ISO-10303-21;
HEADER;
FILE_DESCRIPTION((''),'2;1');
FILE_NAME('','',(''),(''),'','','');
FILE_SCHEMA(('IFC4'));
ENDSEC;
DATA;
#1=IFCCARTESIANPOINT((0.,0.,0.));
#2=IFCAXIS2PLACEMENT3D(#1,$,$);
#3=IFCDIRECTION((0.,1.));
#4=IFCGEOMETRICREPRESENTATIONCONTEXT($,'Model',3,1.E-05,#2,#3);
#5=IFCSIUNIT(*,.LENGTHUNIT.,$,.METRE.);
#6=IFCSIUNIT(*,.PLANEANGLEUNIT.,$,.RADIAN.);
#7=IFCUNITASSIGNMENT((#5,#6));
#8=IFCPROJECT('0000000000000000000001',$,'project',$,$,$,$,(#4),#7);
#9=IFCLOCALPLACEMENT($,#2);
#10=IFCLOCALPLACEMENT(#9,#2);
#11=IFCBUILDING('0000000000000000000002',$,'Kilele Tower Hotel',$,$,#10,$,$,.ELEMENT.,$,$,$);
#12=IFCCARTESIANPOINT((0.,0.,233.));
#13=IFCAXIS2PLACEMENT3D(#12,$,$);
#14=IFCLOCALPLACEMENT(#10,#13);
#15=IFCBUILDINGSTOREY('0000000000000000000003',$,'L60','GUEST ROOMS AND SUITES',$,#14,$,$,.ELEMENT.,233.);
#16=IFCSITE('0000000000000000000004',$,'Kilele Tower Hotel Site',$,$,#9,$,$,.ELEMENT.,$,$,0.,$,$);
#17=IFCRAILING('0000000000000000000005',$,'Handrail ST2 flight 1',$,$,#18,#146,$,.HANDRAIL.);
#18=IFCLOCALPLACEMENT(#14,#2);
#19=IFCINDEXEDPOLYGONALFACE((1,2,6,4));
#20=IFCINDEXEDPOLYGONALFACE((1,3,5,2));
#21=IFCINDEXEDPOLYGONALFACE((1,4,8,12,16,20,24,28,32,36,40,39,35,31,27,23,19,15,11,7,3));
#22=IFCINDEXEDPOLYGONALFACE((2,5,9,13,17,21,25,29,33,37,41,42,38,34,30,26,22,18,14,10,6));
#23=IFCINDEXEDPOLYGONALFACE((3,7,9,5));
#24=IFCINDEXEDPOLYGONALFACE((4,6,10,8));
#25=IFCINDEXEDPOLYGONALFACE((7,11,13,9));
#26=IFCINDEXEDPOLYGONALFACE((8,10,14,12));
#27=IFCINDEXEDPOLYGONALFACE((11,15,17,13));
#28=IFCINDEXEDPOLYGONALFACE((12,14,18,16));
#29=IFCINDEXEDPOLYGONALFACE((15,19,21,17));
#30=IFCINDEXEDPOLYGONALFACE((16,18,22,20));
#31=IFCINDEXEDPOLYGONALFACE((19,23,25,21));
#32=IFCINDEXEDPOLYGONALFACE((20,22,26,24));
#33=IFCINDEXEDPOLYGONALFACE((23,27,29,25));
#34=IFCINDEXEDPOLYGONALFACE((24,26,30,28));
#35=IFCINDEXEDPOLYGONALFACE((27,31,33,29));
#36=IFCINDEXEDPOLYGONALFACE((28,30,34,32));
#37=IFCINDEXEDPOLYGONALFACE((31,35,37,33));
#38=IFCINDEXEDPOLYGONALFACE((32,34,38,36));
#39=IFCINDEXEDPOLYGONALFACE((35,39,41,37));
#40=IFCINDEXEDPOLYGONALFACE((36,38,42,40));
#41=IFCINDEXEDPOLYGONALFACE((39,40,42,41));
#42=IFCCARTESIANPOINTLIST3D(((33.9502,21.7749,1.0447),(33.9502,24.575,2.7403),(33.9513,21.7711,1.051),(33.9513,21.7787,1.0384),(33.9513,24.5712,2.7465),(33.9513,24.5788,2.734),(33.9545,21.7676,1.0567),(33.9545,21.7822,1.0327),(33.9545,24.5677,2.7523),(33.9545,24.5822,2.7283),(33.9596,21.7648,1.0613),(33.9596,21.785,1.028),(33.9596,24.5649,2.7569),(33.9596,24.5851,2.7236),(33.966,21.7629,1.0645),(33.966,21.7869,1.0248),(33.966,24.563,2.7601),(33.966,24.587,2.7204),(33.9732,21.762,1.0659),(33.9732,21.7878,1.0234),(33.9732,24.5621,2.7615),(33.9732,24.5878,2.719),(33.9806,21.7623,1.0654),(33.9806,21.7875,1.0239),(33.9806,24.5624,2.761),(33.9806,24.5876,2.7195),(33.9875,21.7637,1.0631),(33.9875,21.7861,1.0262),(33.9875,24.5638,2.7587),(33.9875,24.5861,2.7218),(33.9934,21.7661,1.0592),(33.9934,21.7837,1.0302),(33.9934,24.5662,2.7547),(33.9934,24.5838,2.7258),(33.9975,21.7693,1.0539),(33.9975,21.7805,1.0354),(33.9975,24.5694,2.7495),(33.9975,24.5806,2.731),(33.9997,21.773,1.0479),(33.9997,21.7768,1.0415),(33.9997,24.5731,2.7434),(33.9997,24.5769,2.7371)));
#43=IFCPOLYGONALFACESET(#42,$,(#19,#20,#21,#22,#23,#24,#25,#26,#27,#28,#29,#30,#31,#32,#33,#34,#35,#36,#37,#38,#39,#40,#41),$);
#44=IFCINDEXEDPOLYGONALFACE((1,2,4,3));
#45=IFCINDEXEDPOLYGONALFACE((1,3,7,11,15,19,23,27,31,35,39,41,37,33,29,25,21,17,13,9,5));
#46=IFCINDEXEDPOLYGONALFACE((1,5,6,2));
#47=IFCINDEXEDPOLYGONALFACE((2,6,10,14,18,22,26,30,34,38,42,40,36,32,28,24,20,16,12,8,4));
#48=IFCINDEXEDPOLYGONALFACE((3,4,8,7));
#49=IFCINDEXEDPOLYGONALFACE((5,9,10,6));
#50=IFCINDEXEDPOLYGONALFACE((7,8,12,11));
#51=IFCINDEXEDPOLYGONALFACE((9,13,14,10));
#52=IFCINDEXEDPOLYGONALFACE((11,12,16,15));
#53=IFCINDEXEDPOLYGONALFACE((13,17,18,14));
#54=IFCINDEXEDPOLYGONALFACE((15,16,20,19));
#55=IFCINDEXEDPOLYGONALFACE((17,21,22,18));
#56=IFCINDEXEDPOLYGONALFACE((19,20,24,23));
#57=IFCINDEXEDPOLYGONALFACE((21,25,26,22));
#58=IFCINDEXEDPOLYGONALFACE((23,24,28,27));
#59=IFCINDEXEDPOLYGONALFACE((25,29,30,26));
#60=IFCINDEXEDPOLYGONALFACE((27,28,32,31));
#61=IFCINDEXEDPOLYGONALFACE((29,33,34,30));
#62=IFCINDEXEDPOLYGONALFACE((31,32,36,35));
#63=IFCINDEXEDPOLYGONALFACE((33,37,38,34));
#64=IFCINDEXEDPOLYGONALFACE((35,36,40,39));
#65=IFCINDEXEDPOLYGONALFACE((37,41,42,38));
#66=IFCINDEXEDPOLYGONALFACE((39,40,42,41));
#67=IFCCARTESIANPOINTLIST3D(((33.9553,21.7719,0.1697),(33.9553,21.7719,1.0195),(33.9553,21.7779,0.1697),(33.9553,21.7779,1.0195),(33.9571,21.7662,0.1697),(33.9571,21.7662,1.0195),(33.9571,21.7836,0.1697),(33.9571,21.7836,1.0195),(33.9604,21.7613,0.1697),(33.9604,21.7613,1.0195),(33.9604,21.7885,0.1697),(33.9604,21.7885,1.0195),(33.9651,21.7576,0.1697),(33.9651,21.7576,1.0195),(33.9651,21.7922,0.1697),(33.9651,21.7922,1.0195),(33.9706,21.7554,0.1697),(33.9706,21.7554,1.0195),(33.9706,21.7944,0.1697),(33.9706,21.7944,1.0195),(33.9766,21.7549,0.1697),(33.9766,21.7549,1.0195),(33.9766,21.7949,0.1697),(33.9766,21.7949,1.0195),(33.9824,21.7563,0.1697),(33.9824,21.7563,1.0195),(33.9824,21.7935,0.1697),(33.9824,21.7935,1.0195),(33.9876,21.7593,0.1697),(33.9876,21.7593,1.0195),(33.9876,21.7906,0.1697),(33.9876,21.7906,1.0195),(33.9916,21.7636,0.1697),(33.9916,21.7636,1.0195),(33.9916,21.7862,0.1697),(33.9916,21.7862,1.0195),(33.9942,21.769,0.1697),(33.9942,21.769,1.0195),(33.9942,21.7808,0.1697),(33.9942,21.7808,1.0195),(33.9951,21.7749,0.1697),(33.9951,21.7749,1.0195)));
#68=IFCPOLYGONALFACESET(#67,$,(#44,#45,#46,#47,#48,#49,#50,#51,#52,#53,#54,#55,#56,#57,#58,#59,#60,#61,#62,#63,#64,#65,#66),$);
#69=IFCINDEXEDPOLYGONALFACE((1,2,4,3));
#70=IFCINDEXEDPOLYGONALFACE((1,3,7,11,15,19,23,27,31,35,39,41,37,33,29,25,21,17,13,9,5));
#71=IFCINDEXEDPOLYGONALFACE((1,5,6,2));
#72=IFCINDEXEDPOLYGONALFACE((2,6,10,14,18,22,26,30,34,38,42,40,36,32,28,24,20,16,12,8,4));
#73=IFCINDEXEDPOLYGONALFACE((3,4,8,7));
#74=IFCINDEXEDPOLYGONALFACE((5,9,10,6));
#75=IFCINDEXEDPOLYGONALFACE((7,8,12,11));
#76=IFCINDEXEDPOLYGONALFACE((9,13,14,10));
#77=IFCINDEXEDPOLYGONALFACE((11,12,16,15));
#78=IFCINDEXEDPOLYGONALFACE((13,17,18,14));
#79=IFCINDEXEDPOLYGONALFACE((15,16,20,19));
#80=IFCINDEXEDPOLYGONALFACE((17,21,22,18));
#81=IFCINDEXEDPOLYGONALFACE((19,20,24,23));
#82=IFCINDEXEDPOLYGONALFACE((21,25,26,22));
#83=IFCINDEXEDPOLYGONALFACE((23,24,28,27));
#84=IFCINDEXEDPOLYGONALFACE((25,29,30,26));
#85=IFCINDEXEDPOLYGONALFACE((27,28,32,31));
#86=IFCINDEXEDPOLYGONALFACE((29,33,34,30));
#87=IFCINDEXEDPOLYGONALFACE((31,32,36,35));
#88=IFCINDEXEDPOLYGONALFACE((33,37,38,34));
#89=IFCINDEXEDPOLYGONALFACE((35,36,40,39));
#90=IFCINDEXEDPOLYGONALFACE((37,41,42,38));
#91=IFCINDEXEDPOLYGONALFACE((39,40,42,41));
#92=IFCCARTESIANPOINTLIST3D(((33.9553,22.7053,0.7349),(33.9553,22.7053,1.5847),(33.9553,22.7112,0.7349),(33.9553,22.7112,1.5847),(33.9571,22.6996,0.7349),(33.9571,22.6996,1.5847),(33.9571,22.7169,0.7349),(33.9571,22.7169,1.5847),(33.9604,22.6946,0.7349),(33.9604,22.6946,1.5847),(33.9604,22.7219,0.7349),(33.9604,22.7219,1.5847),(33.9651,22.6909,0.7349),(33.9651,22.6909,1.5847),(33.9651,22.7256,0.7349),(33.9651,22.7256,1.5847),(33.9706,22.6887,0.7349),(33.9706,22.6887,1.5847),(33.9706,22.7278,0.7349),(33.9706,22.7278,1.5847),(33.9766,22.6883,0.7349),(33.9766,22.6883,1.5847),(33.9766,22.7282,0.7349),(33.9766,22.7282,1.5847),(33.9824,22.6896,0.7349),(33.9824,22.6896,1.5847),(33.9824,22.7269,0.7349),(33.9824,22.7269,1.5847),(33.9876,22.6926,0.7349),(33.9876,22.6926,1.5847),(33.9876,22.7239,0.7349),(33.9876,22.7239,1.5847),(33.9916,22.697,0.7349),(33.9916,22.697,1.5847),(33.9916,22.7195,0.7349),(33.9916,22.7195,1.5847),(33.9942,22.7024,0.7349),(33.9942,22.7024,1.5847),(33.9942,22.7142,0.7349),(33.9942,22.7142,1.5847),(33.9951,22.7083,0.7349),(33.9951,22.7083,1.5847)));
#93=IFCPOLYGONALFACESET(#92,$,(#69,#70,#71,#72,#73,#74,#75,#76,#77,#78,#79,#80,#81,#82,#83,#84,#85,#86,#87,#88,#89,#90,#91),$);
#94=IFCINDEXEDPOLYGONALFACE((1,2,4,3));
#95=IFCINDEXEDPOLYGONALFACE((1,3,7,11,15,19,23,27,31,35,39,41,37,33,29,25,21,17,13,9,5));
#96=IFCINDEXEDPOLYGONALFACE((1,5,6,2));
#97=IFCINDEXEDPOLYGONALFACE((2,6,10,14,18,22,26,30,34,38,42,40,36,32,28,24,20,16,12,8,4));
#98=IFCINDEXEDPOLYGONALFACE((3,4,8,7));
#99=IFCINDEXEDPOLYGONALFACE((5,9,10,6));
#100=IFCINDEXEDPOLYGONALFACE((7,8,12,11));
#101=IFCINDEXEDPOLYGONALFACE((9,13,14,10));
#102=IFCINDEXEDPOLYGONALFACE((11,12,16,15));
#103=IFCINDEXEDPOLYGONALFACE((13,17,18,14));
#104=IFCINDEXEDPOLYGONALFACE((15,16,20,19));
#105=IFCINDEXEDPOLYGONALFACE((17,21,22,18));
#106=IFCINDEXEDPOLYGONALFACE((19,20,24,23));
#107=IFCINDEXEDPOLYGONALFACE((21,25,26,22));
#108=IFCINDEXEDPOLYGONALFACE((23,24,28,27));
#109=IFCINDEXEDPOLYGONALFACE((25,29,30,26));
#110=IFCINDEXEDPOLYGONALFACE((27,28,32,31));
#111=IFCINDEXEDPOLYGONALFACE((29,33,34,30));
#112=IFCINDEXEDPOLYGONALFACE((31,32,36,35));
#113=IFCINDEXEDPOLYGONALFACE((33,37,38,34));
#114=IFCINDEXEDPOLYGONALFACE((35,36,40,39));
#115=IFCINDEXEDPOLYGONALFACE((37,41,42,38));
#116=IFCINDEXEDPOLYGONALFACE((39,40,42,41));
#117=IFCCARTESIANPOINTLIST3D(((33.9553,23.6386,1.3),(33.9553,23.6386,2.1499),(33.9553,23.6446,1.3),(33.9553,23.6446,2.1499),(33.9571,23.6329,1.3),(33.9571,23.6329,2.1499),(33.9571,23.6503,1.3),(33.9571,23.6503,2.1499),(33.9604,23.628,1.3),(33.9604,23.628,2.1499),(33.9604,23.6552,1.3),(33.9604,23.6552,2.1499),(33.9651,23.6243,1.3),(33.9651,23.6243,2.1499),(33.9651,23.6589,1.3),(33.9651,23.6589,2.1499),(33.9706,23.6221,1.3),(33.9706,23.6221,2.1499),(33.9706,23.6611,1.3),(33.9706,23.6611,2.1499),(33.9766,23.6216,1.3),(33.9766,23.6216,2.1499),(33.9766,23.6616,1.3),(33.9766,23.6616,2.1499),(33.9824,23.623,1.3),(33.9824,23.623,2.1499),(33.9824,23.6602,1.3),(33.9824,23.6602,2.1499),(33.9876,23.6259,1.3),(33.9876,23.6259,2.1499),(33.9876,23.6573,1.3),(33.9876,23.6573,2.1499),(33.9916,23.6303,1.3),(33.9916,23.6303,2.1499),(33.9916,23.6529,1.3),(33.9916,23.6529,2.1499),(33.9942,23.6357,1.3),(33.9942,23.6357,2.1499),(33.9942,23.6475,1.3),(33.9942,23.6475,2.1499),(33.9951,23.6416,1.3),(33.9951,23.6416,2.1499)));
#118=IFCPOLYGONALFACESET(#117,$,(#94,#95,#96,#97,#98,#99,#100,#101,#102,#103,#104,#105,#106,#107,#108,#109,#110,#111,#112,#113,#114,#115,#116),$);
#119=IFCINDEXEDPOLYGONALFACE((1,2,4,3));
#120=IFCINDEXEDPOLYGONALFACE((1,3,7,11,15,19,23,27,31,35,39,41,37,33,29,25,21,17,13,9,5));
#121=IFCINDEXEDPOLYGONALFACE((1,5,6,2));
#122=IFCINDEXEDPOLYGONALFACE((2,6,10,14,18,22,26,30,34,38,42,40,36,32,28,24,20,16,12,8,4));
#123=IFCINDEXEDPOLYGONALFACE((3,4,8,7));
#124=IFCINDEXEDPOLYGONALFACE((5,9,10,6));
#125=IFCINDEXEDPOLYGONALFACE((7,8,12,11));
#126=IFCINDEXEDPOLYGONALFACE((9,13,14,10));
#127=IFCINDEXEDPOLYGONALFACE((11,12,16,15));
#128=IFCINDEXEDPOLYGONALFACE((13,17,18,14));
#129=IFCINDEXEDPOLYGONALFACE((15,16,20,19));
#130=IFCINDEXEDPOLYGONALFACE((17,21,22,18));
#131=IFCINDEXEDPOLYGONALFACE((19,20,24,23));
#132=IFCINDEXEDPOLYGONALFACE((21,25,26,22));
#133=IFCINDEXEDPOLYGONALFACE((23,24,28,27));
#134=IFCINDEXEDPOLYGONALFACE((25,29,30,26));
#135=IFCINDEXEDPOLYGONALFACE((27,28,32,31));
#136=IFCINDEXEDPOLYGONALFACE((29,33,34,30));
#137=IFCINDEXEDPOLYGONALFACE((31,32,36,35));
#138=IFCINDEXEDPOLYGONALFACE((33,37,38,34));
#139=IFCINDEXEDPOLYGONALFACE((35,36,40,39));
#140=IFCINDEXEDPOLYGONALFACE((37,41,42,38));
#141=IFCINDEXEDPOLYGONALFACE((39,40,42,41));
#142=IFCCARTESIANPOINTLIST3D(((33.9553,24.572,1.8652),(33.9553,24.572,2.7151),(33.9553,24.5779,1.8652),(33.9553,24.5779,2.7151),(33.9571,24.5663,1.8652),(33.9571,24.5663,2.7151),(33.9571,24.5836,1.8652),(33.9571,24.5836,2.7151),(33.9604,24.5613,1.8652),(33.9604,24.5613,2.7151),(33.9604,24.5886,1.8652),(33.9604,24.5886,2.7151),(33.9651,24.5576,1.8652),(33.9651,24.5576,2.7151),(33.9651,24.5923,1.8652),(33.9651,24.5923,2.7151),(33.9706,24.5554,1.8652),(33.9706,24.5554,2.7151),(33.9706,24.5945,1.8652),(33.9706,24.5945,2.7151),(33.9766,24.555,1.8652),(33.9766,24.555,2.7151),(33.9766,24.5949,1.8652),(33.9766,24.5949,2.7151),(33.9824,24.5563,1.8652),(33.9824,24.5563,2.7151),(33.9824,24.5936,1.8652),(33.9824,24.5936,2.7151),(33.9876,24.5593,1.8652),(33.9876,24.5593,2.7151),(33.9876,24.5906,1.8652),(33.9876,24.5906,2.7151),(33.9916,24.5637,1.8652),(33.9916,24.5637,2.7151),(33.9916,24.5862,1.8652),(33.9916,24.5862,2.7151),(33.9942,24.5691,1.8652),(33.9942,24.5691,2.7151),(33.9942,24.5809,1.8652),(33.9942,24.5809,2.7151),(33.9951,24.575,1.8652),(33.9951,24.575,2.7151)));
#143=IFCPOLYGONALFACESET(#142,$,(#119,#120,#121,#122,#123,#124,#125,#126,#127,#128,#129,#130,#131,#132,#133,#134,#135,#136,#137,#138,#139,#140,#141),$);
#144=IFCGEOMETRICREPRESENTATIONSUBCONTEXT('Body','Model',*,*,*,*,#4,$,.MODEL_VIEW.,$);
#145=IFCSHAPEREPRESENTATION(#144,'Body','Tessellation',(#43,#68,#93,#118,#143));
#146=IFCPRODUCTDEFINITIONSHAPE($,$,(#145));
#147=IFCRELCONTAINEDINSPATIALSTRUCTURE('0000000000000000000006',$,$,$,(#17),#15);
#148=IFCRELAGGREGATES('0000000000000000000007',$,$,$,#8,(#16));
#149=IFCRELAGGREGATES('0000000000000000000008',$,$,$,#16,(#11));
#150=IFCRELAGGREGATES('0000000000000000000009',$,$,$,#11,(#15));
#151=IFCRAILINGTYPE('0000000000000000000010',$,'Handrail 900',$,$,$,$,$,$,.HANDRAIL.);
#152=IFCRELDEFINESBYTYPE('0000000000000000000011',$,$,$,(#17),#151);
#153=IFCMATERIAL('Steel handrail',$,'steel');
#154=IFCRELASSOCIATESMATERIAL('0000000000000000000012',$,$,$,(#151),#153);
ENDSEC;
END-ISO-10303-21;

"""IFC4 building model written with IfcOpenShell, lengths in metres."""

from ifc_helpers import new_model, si_unit, direction, frame, origin, origin_2d, place, context, subcontext, project, spatial, circle, extrude, material, type_object, element, save


model = new_model("IFC4")

# Units and contexts
model_context = context("Model", 3, precision=1e-05, world=origin(), true_north=direction((0.0, 1.0)))
body_context = subcontext(model_context, "Body", "Model", "MODEL_VIEW")
ifc_project = project(units=[si_unit("LENGTHUNIT", "METRE"), si_unit("PLANEANGLEUNIT", "RADIAN")], contexts=[model_context])

# Site, building, storey
site_placement = place(None, origin())
site = spatial("IfcSite", under=ifc_project, at=site_placement, Name="Kilele Tower Hotel Site", CompositionType="ELEMENT", RefElevation=0.0)
building_placement = place(site_placement, origin())
building = spatial("IfcBuilding", under=site, at=building_placement, Name="Kilele Tower Hotel", CompositionType="ELEMENT")
storey_placement = place(building_placement, frame((0.0, 0.0, 233.0)))
storey = spatial("IfcBuildingStorey", under=building, at=storey_placement, Name="L60", Description="GUEST ROOMS AND SUITES", CompositionType="ELEMENT", Elevation=233.0)

# Railing
ifc_material_1 = material(Name="Steel handrail", Category="steel")
railing_type_1 = type_object("IfcRailingType", Name="Handrail 900", PredefinedType="HANDRAIL", material=ifc_material_1)
for number, where, name in (
    (1, (33.9751, 21.7749, 0.1697), "Handrail ST2 flight 1"),
):
    element("IfcRailing", number, at=place(storey_placement, frame(where)), inside=storey, type_object=railing_type_1, Name=name, PredefinedType="HANDRAIL", context=body_context, shape_type="SweptSolid", body=[
        extrude(circle(Radius=0.0249, at=origin_2d()), frame((0.0, 0.0, 0.875), z_axis=(0.0, 0.855393, 0.517979), x_axis=(-1.0, 0.0, 0.0)), (0.0, 0.0, 1.0), 3.2734),
        extrude(circle(Radius=0.02, at=origin_2d()), origin(), (0.0, 0.0, 1.0), 0.8499),
        extrude(circle(Radius=0.02, at=origin_2d()), frame((0.0, 0.9333, 0.5652)), (0.0, 0.0, 1.0), 0.8499),
        extrude(circle(Radius=0.02, at=origin_2d()), frame((0.0, 1.8667, 1.1304)), (0.0, 0.0, 1.0), 0.8499),
        extrude(circle(Radius=0.02, at=origin_2d()), frame((0.0, 2.8, 1.6956)), (0.0, 0.0, 1.0), 0.8499),
    ])

save(model, "model.ifc")
